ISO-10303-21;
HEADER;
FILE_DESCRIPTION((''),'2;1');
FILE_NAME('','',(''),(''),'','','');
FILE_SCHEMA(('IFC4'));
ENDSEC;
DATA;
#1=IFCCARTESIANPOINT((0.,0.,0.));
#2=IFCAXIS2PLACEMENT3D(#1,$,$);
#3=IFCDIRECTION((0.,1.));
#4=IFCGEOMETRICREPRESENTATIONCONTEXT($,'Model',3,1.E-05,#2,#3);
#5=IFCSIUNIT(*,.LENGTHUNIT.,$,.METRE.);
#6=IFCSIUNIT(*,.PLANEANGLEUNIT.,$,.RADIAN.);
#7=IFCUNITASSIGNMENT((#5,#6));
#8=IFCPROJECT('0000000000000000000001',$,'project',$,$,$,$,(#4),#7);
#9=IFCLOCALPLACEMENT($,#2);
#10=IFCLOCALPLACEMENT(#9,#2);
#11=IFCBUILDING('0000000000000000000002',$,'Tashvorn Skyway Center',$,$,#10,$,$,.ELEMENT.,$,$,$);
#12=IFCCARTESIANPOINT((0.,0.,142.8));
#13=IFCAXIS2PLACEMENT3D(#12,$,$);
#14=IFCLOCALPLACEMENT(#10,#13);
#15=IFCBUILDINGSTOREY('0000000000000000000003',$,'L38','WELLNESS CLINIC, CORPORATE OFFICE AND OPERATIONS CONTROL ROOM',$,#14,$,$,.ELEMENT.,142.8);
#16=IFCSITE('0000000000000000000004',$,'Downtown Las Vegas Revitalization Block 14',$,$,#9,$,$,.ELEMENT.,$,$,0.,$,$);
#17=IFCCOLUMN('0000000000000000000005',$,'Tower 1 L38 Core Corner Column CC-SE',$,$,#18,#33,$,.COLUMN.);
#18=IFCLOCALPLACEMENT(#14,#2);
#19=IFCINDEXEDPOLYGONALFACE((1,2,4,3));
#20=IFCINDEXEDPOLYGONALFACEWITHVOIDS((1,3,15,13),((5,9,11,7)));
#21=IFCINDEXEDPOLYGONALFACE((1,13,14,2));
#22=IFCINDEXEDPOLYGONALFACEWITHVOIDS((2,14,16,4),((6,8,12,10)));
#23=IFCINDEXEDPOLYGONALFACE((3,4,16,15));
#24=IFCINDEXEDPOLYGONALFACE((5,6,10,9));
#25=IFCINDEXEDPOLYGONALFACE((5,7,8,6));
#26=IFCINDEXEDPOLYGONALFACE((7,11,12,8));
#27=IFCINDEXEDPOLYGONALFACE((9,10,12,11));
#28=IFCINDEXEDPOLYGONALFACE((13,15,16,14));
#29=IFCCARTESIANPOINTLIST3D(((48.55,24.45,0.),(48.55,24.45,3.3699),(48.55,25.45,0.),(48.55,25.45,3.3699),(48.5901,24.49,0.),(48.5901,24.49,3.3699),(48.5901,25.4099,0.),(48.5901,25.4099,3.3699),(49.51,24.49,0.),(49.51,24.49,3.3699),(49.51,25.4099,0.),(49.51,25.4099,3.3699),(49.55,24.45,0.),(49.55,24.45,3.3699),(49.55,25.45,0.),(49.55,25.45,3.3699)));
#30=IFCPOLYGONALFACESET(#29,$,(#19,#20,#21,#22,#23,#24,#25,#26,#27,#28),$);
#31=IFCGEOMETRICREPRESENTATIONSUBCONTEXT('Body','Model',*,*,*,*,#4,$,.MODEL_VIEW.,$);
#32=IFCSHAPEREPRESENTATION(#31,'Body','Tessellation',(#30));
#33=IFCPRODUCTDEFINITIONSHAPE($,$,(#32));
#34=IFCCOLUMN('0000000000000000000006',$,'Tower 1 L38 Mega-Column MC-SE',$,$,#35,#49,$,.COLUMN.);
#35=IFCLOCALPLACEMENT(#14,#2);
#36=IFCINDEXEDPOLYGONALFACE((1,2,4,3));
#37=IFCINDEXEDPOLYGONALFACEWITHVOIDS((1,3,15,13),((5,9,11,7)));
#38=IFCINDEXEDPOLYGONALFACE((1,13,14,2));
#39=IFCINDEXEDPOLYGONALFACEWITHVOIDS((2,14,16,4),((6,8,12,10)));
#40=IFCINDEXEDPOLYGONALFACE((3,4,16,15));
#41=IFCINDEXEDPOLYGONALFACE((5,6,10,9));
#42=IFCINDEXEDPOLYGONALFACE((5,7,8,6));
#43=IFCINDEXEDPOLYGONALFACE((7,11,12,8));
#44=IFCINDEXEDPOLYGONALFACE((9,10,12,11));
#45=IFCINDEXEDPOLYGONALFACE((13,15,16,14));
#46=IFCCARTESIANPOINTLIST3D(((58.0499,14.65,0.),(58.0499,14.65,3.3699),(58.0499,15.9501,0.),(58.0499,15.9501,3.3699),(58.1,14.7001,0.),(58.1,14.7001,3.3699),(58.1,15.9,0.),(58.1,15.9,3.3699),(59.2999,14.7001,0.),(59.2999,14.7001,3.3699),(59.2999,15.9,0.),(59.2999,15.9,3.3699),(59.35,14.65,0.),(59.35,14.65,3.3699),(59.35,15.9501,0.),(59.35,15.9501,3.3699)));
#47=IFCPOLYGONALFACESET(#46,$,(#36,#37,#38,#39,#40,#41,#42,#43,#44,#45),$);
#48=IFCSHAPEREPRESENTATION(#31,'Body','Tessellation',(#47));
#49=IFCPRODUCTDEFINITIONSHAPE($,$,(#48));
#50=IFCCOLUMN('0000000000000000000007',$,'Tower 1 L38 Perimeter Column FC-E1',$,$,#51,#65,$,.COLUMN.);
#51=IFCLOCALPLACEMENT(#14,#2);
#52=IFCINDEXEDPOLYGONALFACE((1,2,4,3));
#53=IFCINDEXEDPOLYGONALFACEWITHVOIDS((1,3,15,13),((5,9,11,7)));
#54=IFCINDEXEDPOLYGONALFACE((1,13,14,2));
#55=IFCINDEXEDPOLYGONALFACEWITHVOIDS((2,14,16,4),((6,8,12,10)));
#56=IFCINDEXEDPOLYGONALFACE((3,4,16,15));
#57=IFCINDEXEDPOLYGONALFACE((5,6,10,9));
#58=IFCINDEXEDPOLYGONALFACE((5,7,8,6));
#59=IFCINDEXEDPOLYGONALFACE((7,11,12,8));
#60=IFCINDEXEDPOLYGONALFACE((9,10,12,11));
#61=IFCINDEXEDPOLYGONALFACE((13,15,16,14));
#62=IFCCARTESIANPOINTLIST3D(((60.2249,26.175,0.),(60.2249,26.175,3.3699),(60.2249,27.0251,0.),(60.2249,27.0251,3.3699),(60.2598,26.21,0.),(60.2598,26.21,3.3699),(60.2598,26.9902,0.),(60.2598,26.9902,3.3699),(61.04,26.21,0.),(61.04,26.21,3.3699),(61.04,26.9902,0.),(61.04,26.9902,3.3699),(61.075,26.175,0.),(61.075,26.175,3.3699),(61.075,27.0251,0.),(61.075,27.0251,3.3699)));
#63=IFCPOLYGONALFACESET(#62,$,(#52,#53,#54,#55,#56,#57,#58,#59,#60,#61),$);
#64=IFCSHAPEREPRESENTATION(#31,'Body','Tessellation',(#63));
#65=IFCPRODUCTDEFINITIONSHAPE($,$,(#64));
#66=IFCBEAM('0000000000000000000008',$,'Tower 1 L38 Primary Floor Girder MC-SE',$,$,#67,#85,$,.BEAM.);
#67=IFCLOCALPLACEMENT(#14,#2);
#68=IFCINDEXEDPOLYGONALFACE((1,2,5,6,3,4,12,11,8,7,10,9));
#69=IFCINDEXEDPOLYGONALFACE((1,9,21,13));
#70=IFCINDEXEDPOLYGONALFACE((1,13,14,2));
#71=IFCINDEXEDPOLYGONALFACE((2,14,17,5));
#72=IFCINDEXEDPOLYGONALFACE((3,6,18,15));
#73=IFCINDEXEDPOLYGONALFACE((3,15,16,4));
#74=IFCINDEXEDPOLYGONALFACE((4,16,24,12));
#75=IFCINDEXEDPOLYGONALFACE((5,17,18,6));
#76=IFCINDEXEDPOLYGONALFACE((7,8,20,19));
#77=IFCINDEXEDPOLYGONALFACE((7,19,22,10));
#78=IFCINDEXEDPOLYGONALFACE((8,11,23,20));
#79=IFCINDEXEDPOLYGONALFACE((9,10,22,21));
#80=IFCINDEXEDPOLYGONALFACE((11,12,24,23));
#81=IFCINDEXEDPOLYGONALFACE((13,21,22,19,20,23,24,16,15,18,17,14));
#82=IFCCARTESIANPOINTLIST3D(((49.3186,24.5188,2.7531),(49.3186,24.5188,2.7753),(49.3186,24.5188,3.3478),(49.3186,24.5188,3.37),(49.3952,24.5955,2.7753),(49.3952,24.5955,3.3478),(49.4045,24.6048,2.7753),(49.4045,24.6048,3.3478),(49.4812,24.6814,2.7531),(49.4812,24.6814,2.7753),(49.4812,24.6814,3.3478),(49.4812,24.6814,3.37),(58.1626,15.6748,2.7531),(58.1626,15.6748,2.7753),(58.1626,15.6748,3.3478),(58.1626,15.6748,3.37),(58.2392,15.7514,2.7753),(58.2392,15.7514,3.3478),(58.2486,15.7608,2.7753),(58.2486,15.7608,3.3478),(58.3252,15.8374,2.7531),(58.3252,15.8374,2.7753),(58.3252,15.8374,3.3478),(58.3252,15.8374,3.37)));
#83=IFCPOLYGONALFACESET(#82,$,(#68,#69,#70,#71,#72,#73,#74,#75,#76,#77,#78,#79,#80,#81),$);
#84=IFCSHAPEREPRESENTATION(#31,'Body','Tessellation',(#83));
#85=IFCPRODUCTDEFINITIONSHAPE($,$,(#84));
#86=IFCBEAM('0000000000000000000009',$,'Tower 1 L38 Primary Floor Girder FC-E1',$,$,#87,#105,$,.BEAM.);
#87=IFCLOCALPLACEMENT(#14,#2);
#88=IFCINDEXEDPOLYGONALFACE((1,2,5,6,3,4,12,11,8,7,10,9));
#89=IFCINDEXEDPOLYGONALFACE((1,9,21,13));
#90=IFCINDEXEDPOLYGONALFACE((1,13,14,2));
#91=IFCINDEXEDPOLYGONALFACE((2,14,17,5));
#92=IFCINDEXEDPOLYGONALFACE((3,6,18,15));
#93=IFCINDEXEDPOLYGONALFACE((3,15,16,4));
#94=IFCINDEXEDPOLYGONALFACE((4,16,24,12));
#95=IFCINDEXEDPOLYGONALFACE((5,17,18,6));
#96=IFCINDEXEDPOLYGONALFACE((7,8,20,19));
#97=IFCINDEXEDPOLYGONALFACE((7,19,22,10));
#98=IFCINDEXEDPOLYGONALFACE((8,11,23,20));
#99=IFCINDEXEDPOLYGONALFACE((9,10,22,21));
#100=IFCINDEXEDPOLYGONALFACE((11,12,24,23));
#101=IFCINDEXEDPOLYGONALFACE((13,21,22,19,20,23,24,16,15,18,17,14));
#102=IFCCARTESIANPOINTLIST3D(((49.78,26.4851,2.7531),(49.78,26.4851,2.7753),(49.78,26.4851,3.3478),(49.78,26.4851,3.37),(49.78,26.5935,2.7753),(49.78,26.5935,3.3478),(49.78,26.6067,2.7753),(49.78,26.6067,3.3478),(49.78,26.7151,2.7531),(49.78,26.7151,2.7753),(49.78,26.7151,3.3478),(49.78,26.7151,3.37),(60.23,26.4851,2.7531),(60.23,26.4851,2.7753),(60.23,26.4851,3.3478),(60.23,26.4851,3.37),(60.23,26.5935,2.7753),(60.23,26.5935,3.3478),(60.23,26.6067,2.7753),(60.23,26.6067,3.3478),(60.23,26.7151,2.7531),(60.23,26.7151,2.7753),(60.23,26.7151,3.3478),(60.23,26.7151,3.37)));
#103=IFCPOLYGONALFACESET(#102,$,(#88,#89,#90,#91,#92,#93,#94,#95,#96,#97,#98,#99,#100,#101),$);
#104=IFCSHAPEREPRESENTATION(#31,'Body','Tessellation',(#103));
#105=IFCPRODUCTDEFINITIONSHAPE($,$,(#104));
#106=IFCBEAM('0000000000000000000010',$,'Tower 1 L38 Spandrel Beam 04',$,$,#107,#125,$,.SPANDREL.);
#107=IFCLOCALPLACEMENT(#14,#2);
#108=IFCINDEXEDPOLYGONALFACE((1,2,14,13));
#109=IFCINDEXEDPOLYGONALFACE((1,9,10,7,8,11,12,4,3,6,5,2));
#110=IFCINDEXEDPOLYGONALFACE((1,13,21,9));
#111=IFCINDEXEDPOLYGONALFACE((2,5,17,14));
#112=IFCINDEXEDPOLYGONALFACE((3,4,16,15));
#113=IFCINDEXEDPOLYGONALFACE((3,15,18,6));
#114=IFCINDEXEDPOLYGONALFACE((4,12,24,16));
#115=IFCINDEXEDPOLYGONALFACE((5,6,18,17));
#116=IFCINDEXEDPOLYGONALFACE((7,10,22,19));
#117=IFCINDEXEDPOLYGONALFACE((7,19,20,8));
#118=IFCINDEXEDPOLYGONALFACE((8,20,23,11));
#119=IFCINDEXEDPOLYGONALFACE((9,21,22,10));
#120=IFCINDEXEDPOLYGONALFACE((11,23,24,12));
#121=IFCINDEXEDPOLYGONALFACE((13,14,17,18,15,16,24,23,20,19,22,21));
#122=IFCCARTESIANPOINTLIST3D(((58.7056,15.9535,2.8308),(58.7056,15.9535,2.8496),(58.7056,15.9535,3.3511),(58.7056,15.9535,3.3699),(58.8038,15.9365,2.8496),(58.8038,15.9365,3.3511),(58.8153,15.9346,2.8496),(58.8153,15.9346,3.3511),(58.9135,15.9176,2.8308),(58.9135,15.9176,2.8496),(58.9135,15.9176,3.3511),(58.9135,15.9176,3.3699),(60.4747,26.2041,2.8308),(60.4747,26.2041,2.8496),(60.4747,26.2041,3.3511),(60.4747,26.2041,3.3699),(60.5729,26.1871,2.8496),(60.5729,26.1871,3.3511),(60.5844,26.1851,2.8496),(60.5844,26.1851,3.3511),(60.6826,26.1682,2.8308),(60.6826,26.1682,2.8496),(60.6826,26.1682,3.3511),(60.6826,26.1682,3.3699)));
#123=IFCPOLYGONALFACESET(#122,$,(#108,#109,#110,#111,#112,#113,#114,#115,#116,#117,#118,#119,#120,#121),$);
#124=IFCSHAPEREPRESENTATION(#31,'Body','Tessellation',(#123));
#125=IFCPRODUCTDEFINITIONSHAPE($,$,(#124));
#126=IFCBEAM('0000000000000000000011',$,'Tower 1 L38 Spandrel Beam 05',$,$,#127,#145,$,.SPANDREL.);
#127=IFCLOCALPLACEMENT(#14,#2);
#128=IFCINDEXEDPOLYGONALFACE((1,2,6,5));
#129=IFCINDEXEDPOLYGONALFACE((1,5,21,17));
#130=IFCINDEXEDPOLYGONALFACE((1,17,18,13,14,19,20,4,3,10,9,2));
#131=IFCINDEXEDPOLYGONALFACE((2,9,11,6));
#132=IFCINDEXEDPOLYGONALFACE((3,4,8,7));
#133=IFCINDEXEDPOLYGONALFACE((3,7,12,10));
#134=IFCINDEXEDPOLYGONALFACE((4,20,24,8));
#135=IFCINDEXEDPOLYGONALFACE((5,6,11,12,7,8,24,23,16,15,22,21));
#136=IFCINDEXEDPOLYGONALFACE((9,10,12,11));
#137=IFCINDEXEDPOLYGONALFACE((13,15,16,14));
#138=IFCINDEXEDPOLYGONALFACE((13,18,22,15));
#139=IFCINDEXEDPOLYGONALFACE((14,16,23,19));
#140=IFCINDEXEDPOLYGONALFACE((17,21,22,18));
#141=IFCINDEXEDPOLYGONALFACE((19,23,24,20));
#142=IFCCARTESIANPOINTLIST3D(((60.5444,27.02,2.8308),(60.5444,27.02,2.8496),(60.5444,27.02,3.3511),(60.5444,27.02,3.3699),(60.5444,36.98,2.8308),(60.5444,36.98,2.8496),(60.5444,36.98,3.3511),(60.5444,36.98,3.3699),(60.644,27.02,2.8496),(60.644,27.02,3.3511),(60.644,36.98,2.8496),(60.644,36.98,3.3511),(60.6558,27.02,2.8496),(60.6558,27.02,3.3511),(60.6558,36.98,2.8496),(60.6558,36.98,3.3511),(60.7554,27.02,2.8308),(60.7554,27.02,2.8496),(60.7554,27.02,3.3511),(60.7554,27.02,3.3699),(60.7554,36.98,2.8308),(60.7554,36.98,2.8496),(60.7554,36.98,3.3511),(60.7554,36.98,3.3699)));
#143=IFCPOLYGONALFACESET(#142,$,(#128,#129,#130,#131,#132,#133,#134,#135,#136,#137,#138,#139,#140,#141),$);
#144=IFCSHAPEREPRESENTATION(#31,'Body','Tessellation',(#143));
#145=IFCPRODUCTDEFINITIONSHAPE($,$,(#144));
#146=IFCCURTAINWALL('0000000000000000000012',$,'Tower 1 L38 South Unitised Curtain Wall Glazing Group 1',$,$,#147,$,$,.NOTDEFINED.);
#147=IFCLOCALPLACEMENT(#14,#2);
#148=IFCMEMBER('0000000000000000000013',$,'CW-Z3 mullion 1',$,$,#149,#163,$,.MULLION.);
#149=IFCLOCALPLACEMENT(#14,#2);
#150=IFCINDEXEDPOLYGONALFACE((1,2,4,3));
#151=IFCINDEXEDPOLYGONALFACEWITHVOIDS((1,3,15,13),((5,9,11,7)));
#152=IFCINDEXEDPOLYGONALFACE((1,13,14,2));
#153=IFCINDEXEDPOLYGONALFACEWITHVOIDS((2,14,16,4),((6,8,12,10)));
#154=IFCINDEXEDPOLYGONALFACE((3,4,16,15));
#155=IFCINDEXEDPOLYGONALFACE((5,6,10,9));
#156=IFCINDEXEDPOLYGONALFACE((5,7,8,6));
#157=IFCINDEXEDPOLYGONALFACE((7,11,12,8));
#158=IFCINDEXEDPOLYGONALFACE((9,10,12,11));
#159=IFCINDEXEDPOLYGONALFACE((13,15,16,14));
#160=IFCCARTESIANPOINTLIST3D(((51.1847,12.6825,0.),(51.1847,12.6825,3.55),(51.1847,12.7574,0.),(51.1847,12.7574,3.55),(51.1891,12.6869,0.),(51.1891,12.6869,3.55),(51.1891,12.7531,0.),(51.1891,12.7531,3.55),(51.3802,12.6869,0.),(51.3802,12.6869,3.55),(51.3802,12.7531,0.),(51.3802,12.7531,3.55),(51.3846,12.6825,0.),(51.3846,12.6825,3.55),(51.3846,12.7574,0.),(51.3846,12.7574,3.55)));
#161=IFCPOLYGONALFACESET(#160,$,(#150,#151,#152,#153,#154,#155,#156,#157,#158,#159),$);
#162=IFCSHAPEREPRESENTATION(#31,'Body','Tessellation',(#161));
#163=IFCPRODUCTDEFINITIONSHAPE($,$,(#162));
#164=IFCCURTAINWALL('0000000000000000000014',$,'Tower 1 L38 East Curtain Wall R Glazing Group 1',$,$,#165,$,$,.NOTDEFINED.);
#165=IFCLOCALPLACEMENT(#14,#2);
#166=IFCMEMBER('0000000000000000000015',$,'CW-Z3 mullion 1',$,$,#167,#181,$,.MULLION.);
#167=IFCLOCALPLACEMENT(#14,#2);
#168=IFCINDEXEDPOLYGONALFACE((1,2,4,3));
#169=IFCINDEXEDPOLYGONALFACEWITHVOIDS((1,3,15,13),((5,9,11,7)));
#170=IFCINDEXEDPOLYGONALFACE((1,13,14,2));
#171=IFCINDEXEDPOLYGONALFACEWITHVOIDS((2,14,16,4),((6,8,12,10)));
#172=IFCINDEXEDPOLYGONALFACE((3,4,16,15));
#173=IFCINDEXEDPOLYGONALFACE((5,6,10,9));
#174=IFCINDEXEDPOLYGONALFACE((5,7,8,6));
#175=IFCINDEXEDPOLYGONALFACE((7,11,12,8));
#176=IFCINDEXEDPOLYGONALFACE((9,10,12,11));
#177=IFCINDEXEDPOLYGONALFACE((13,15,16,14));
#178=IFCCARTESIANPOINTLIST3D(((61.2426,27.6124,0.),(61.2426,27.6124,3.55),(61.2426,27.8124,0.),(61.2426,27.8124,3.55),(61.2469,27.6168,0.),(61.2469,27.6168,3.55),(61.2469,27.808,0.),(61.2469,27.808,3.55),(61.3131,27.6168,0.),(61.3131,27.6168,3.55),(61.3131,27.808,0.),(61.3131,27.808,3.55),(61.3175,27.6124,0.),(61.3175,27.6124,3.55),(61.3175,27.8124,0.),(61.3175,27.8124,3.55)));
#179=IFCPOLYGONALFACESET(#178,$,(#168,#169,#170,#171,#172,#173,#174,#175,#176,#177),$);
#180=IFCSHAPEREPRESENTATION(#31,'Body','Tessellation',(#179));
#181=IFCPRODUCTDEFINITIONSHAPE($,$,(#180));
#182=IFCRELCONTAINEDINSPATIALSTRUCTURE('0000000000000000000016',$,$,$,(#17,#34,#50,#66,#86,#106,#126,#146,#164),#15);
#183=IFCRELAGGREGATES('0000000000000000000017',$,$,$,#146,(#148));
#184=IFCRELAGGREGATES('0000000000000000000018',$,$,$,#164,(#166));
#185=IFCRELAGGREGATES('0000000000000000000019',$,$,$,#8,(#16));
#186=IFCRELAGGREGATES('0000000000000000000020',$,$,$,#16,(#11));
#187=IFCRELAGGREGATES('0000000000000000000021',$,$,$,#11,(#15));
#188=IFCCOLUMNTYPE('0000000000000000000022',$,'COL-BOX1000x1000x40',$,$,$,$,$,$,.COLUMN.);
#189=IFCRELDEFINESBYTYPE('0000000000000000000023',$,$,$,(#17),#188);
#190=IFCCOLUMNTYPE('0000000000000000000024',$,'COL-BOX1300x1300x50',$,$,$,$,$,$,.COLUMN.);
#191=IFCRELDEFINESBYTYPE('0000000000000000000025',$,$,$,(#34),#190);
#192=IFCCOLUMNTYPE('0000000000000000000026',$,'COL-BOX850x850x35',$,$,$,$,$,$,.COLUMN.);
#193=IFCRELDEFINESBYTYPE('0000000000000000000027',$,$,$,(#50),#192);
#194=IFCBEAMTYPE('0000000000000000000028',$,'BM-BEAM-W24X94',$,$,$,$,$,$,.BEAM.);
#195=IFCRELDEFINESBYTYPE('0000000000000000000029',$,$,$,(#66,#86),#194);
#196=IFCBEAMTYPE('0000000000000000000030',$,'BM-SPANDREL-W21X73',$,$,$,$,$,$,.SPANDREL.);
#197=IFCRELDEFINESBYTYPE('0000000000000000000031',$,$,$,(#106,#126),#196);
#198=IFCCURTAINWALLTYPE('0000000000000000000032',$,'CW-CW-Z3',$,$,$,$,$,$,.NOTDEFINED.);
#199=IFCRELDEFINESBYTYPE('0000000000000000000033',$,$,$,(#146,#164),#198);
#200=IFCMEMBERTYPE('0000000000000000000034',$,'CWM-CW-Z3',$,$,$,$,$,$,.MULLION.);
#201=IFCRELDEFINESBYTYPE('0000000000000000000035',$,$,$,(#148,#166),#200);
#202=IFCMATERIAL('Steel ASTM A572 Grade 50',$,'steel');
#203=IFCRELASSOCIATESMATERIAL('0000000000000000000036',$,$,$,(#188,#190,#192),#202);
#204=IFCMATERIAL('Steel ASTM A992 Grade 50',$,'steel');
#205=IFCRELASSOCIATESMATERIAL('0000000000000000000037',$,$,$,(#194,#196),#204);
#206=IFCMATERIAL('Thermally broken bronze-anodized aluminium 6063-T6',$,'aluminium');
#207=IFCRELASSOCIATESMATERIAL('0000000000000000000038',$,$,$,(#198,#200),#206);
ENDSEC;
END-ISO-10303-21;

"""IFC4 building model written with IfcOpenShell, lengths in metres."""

from ifc_helpers import new_model, si_unit, direction, frame, origin, origin_2d, place, context, subcontext, project, spatial, hollow_rectangle, i_section, extrude, material, material_profile, profile_set, type_object, element, aggregate, save


model = new_model("IFC4")

# Units and contexts
model_context = context("Model", 3, precision=1e-05, world=origin(), true_north=direction((0.0, 1.0)))
body_context = subcontext(model_context, "Body", "Model", "MODEL_VIEW")
ifc_project = project(units=[si_unit("LENGTHUNIT", "METRE"), si_unit("PLANEANGLEUNIT", "RADIAN")], contexts=[model_context])

# Site, building, storey
site_placement = place(None, origin())
site = spatial("IfcSite", under=ifc_project, at=site_placement, Name="Downtown Las Vegas Revitalization Block 14", CompositionType="ELEMENT", RefElevation=0.0)
building_placement = place(site_placement, origin())
building = spatial("IfcBuilding", under=site, at=building_placement, Name="Tashvorn Skyway Center", CompositionType="ELEMENT")
storey_placement = place(building_placement, frame((0.0, 0.0, 142.8)))
storey = spatial("IfcBuildingStorey", under=building, at=storey_placement, Name="L38", Description="WELLNESS CLINIC, CORPORATE OFFICE AND OPERATIONS CONTROL ROOM", CompositionType="ELEMENT", Elevation=142.8)

# Columns
ifc_material_1 = material(Name="Steel ASTM A572 Grade 50", Category="steel")
ifc_material_profile_1 = material_profile(ifc_material_1, hollow_rectangle(XDim=1.0, YDim=1.0, WallThickness=0.04, at=origin_2d()), Name="BOX1000x1000x40")
ifc_profile_set_1 = profile_set([ifc_material_profile_1], Name="Steel ASTM A572 Grade 50")
column_type_1 = type_object("IfcColumnType", Name="COL-BOX1000x1000x40", PredefinedType="COLUMN", material=ifc_profile_set_1)
column_1_placement = place(storey_placement, frame((49.05, 24.95, 0.0), z_axis=(0.0, 0.0, 1.0), x_axis=(1.0, 0.0, 0.0)))
element("IfcColumn", 1, at=column_1_placement, inside=storey, type_object=column_type_1, Name="Tower 1 L38 Core Corner Column CC-SE", PredefinedType="COLUMN", context=body_context, shape_type="SweptSolid", body=[
    extrude(hollow_rectangle(XDim=1.0, YDim=1.0, WallThickness=0.04, at=origin_2d()), origin(), (0.0, 0.0, 1.0), 3.3699),
])
ifc_material_profile_2 = material_profile(ifc_material_1, hollow_rectangle(XDim=1.3, YDim=1.3, WallThickness=0.05, at=origin_2d()), Name="BOX1300x1300x50")
ifc_profile_set_2 = profile_set([ifc_material_profile_2], Name="Steel ASTM A572 Grade 50")
column_type_2 = type_object("IfcColumnType", Name="COL-BOX1300x1300x50", PredefinedType="COLUMN", material=ifc_profile_set_2)
column_2_placement = place(storey_placement, frame((58.7, 15.3, 0.0), z_axis=(0.0, 0.0, 1.0), x_axis=(1.0, 0.0, 0.0)))
element("IfcColumn", 2, at=column_2_placement, inside=storey, type_object=column_type_2, Name="Tower 1 L38 Mega-Column MC-SE", PredefinedType="COLUMN", context=body_context, shape_type="SweptSolid", body=[
    extrude(hollow_rectangle(XDim=1.3, YDim=1.3, WallThickness=0.05, at=origin_2d()), origin(), (0.0, 0.0, 1.0), 3.3699),
])
ifc_material_profile_3 = material_profile(ifc_material_1, hollow_rectangle(XDim=0.8501, YDim=0.8501, WallThickness=0.0349, at=origin_2d()), Name="BOX850x850x35")
ifc_profile_set_3 = profile_set([ifc_material_profile_3], Name="Steel ASTM A572 Grade 50")
column_type_3 = type_object("IfcColumnType", Name="COL-BOX850x850x35", PredefinedType="COLUMN", material=ifc_profile_set_3)
column_3_placement = place(storey_placement, frame((60.6499, 26.6001, 0.0), z_axis=(0.0, 0.0, 1.0), x_axis=(1.0, 0.0, 0.0)))
element("IfcColumn", 3, at=column_3_placement, inside=storey, type_object=column_type_3, Name="Tower 1 L38 Perimeter Column FC-E1", PredefinedType="COLUMN", context=body_context, shape_type="SweptSolid", body=[
    extrude(hollow_rectangle(XDim=0.8501, YDim=0.8501, WallThickness=0.0349, at=origin_2d()), origin(), (0.0, 0.0, 1.0), 3.3699),
])

# Beams
ifc_material_2 = material(Name="Steel ASTM A992 Grade 50", Category="steel")
ifc_material_profile_4 = material_profile(ifc_material_2, i_section(OverallWidth=0.23, OverallDepth=0.6169, WebThickness=0.0132, FlangeThickness=0.0222, at=origin_2d()), Name="W24X94")
ifc_profile_set_4 = profile_set([ifc_material_profile_4], Name="Steel ASTM A992 Grade 50")
beam_type_1 = type_object("IfcBeamType", Name="BM-BEAM-W24X94", PredefinedType="BEAM", material=ifc_profile_set_4)
beam_1_placement = place(storey_placement, frame((58.2439, 15.7561, 3.0615), z_axis=(-0.707107, 0.707107, 0.0), x_axis=(-0.707107, -0.707107, 0.0)))
element("IfcBeam", 4, at=beam_1_placement, inside=storey, type_object=beam_type_1, Name="Tower 1 L38 Primary Floor Girder MC-SE", PredefinedType="BEAM", context=body_context, shape_type="SweptSolid", body=[
    extrude(i_section(OverallWidth=0.23, OverallDepth=0.6169, WebThickness=0.0132, FlangeThickness=0.0222, at=origin_2d()), origin(), (0.0, 0.0, 1.0), 12.5073),
])
beam_2_placement = place(storey_placement, frame((60.23, 26.6001, 3.0615), z_axis=(-1.0, 0.0, 0.0), x_axis=(0.0, -1.0, 0.0)))
element("IfcBeam", 5, at=beam_2_placement, inside=storey, type_object=beam_type_1, Name="Tower 1 L38 Primary Floor Girder FC-E1", PredefinedType="BEAM", context=body_context, shape_type="SweptSolid", body=[
    extrude(i_section(OverallWidth=0.23, OverallDepth=0.6169, WebThickness=0.0132, FlangeThickness=0.0222, at=origin_2d()), origin(), (0.0, 0.0, 1.0), 10.45),
])
ifc_material_profile_5 = material_profile(ifc_material_2, i_section(OverallWidth=0.2109, OverallDepth=0.5391, WebThickness=0.0117, FlangeThickness=0.0188, at=origin_2d()), Name="W21X73")
ifc_profile_set_5 = profile_set([ifc_material_profile_5], Name="Steel ASTM A992 Grade 50")
beam_type_2 = type_object("IfcBeamType", Name="BM-SPANDREL-W21X73", PredefinedType="SPANDREL", material=ifc_profile_set_5)
beam_3_placement = place(storey_placement, frame((58.8096, 15.9355, 3.1003), z_axis=(0.170067, 0.985432, 0.0), x_axis=(-0.985432, 0.170067, 0.0)))
element("IfcBeam", 6, at=beam_3_placement, inside=storey, type_object=beam_type_2, Name="Tower 1 L38 Spandrel Beam 04", PredefinedType="SPANDREL", context=body_context, shape_type="SweptSolid", body=[
    extrude(i_section(OverallWidth=0.2109, OverallDepth=0.5391, WebThickness=0.0117, FlangeThickness=0.0188, at=origin_2d()), origin(), (0.0, 0.0, 1.0), 10.4021),
])
beam_4_placement = place(storey_placement, frame((60.6499, 27.02, 3.1003), z_axis=(0.0, 1.0, 0.0), x_axis=(-1.0, 0.0, 0.0)))
element("IfcBeam", 7, at=beam_4_placement, inside=storey, type_object=beam_type_2, Name="Tower 1 L38 Spandrel Beam 05", PredefinedType="SPANDREL", context=body_context, shape_type="SweptSolid", body=[
    extrude(i_section(OverallWidth=0.2109, OverallDepth=0.5391, WebThickness=0.0117, FlangeThickness=0.0188, at=origin_2d()), origin(), (0.0, 0.0, 1.0), 9.96),
])

# Curtain wall, member
ifc_material_3 = material(Name="Thermally broken bronze-anodized aluminium 6063-T6", Category="aluminium")
curtain_wall_type = type_object("IfcCurtainWallType", Name="CW-CW-Z3", PredefinedType="NOTDEFINED", material=ifc_material_3)
curtain_wall_1_placement = place(storey_placement, origin())
curtain_wall_1 = element("IfcCurtainWall", 8, at=curtain_wall_1_placement, inside=storey, type_object=curtain_wall_type, Name="Tower 1 L38 South Unitised Curtain Wall Glazing Group 1", PredefinedType="NOTDEFINED")
ifc_material_profile_6 = material_profile(ifc_material_3, hollow_rectangle(XDim=0.075, YDim=0.2, WallThickness=0.0044, at=origin_2d()), Name="ALU-MULL-75x200")
ifc_profile_set_6 = profile_set([ifc_material_profile_6], Name="Thermally broken bronze-anodized aluminium 6063-T6")
member_type_1 = type_object("IfcMemberType", Name="CWM-CW-Z3", PredefinedType="MULLION", material=ifc_profile_set_6)
member_1_placement = place(storey_placement, frame((51.2847, 12.72, 0.0), z_axis=(0.0, 0.0, 1.0), x_axis=(0.0, -1.0, 0.0)))
member_1 = element("IfcMember", 9, at=member_1_placement, type_object=member_type_1, Name="CW-Z3 mullion 1", PredefinedType="MULLION", context=body_context, shape_type="SweptSolid", body=[
    extrude(hollow_rectangle(XDim=0.075, YDim=0.2, WallThickness=0.0044, at=origin_2d()), origin(), (0.0, 0.0, 1.0), 3.55),
])

# Curtain wall, member
curtain_wall_2_placement = place(storey_placement, origin())
curtain_wall_2 = element("IfcCurtainWall", 10, at=curtain_wall_2_placement, inside=storey, type_object=curtain_wall_type, Name="Tower 1 L38 East Curtain Wall R Glazing Group 1", PredefinedType="NOTDEFINED")
member_2_placement = place(storey_placement, frame((61.28, 27.7124, 0.0), z_axis=(0.0, 0.0, 1.0), x_axis=(1.0, 0.0, 0.0)))
member_2 = element("IfcMember", 11, at=member_2_placement, type_object=member_type_1, Name="CW-Z3 mullion 1", PredefinedType="MULLION", context=body_context, shape_type="SweptSolid", body=[
    extrude(hollow_rectangle(XDim=0.075, YDim=0.2, WallThickness=0.0044, at=origin_2d()), origin(), (0.0, 0.0, 1.0), 3.55),
])

aggregate(curtain_wall_1, [member_1])
aggregate(curtain_wall_2, [member_2])

save(model, "model.ifc")
